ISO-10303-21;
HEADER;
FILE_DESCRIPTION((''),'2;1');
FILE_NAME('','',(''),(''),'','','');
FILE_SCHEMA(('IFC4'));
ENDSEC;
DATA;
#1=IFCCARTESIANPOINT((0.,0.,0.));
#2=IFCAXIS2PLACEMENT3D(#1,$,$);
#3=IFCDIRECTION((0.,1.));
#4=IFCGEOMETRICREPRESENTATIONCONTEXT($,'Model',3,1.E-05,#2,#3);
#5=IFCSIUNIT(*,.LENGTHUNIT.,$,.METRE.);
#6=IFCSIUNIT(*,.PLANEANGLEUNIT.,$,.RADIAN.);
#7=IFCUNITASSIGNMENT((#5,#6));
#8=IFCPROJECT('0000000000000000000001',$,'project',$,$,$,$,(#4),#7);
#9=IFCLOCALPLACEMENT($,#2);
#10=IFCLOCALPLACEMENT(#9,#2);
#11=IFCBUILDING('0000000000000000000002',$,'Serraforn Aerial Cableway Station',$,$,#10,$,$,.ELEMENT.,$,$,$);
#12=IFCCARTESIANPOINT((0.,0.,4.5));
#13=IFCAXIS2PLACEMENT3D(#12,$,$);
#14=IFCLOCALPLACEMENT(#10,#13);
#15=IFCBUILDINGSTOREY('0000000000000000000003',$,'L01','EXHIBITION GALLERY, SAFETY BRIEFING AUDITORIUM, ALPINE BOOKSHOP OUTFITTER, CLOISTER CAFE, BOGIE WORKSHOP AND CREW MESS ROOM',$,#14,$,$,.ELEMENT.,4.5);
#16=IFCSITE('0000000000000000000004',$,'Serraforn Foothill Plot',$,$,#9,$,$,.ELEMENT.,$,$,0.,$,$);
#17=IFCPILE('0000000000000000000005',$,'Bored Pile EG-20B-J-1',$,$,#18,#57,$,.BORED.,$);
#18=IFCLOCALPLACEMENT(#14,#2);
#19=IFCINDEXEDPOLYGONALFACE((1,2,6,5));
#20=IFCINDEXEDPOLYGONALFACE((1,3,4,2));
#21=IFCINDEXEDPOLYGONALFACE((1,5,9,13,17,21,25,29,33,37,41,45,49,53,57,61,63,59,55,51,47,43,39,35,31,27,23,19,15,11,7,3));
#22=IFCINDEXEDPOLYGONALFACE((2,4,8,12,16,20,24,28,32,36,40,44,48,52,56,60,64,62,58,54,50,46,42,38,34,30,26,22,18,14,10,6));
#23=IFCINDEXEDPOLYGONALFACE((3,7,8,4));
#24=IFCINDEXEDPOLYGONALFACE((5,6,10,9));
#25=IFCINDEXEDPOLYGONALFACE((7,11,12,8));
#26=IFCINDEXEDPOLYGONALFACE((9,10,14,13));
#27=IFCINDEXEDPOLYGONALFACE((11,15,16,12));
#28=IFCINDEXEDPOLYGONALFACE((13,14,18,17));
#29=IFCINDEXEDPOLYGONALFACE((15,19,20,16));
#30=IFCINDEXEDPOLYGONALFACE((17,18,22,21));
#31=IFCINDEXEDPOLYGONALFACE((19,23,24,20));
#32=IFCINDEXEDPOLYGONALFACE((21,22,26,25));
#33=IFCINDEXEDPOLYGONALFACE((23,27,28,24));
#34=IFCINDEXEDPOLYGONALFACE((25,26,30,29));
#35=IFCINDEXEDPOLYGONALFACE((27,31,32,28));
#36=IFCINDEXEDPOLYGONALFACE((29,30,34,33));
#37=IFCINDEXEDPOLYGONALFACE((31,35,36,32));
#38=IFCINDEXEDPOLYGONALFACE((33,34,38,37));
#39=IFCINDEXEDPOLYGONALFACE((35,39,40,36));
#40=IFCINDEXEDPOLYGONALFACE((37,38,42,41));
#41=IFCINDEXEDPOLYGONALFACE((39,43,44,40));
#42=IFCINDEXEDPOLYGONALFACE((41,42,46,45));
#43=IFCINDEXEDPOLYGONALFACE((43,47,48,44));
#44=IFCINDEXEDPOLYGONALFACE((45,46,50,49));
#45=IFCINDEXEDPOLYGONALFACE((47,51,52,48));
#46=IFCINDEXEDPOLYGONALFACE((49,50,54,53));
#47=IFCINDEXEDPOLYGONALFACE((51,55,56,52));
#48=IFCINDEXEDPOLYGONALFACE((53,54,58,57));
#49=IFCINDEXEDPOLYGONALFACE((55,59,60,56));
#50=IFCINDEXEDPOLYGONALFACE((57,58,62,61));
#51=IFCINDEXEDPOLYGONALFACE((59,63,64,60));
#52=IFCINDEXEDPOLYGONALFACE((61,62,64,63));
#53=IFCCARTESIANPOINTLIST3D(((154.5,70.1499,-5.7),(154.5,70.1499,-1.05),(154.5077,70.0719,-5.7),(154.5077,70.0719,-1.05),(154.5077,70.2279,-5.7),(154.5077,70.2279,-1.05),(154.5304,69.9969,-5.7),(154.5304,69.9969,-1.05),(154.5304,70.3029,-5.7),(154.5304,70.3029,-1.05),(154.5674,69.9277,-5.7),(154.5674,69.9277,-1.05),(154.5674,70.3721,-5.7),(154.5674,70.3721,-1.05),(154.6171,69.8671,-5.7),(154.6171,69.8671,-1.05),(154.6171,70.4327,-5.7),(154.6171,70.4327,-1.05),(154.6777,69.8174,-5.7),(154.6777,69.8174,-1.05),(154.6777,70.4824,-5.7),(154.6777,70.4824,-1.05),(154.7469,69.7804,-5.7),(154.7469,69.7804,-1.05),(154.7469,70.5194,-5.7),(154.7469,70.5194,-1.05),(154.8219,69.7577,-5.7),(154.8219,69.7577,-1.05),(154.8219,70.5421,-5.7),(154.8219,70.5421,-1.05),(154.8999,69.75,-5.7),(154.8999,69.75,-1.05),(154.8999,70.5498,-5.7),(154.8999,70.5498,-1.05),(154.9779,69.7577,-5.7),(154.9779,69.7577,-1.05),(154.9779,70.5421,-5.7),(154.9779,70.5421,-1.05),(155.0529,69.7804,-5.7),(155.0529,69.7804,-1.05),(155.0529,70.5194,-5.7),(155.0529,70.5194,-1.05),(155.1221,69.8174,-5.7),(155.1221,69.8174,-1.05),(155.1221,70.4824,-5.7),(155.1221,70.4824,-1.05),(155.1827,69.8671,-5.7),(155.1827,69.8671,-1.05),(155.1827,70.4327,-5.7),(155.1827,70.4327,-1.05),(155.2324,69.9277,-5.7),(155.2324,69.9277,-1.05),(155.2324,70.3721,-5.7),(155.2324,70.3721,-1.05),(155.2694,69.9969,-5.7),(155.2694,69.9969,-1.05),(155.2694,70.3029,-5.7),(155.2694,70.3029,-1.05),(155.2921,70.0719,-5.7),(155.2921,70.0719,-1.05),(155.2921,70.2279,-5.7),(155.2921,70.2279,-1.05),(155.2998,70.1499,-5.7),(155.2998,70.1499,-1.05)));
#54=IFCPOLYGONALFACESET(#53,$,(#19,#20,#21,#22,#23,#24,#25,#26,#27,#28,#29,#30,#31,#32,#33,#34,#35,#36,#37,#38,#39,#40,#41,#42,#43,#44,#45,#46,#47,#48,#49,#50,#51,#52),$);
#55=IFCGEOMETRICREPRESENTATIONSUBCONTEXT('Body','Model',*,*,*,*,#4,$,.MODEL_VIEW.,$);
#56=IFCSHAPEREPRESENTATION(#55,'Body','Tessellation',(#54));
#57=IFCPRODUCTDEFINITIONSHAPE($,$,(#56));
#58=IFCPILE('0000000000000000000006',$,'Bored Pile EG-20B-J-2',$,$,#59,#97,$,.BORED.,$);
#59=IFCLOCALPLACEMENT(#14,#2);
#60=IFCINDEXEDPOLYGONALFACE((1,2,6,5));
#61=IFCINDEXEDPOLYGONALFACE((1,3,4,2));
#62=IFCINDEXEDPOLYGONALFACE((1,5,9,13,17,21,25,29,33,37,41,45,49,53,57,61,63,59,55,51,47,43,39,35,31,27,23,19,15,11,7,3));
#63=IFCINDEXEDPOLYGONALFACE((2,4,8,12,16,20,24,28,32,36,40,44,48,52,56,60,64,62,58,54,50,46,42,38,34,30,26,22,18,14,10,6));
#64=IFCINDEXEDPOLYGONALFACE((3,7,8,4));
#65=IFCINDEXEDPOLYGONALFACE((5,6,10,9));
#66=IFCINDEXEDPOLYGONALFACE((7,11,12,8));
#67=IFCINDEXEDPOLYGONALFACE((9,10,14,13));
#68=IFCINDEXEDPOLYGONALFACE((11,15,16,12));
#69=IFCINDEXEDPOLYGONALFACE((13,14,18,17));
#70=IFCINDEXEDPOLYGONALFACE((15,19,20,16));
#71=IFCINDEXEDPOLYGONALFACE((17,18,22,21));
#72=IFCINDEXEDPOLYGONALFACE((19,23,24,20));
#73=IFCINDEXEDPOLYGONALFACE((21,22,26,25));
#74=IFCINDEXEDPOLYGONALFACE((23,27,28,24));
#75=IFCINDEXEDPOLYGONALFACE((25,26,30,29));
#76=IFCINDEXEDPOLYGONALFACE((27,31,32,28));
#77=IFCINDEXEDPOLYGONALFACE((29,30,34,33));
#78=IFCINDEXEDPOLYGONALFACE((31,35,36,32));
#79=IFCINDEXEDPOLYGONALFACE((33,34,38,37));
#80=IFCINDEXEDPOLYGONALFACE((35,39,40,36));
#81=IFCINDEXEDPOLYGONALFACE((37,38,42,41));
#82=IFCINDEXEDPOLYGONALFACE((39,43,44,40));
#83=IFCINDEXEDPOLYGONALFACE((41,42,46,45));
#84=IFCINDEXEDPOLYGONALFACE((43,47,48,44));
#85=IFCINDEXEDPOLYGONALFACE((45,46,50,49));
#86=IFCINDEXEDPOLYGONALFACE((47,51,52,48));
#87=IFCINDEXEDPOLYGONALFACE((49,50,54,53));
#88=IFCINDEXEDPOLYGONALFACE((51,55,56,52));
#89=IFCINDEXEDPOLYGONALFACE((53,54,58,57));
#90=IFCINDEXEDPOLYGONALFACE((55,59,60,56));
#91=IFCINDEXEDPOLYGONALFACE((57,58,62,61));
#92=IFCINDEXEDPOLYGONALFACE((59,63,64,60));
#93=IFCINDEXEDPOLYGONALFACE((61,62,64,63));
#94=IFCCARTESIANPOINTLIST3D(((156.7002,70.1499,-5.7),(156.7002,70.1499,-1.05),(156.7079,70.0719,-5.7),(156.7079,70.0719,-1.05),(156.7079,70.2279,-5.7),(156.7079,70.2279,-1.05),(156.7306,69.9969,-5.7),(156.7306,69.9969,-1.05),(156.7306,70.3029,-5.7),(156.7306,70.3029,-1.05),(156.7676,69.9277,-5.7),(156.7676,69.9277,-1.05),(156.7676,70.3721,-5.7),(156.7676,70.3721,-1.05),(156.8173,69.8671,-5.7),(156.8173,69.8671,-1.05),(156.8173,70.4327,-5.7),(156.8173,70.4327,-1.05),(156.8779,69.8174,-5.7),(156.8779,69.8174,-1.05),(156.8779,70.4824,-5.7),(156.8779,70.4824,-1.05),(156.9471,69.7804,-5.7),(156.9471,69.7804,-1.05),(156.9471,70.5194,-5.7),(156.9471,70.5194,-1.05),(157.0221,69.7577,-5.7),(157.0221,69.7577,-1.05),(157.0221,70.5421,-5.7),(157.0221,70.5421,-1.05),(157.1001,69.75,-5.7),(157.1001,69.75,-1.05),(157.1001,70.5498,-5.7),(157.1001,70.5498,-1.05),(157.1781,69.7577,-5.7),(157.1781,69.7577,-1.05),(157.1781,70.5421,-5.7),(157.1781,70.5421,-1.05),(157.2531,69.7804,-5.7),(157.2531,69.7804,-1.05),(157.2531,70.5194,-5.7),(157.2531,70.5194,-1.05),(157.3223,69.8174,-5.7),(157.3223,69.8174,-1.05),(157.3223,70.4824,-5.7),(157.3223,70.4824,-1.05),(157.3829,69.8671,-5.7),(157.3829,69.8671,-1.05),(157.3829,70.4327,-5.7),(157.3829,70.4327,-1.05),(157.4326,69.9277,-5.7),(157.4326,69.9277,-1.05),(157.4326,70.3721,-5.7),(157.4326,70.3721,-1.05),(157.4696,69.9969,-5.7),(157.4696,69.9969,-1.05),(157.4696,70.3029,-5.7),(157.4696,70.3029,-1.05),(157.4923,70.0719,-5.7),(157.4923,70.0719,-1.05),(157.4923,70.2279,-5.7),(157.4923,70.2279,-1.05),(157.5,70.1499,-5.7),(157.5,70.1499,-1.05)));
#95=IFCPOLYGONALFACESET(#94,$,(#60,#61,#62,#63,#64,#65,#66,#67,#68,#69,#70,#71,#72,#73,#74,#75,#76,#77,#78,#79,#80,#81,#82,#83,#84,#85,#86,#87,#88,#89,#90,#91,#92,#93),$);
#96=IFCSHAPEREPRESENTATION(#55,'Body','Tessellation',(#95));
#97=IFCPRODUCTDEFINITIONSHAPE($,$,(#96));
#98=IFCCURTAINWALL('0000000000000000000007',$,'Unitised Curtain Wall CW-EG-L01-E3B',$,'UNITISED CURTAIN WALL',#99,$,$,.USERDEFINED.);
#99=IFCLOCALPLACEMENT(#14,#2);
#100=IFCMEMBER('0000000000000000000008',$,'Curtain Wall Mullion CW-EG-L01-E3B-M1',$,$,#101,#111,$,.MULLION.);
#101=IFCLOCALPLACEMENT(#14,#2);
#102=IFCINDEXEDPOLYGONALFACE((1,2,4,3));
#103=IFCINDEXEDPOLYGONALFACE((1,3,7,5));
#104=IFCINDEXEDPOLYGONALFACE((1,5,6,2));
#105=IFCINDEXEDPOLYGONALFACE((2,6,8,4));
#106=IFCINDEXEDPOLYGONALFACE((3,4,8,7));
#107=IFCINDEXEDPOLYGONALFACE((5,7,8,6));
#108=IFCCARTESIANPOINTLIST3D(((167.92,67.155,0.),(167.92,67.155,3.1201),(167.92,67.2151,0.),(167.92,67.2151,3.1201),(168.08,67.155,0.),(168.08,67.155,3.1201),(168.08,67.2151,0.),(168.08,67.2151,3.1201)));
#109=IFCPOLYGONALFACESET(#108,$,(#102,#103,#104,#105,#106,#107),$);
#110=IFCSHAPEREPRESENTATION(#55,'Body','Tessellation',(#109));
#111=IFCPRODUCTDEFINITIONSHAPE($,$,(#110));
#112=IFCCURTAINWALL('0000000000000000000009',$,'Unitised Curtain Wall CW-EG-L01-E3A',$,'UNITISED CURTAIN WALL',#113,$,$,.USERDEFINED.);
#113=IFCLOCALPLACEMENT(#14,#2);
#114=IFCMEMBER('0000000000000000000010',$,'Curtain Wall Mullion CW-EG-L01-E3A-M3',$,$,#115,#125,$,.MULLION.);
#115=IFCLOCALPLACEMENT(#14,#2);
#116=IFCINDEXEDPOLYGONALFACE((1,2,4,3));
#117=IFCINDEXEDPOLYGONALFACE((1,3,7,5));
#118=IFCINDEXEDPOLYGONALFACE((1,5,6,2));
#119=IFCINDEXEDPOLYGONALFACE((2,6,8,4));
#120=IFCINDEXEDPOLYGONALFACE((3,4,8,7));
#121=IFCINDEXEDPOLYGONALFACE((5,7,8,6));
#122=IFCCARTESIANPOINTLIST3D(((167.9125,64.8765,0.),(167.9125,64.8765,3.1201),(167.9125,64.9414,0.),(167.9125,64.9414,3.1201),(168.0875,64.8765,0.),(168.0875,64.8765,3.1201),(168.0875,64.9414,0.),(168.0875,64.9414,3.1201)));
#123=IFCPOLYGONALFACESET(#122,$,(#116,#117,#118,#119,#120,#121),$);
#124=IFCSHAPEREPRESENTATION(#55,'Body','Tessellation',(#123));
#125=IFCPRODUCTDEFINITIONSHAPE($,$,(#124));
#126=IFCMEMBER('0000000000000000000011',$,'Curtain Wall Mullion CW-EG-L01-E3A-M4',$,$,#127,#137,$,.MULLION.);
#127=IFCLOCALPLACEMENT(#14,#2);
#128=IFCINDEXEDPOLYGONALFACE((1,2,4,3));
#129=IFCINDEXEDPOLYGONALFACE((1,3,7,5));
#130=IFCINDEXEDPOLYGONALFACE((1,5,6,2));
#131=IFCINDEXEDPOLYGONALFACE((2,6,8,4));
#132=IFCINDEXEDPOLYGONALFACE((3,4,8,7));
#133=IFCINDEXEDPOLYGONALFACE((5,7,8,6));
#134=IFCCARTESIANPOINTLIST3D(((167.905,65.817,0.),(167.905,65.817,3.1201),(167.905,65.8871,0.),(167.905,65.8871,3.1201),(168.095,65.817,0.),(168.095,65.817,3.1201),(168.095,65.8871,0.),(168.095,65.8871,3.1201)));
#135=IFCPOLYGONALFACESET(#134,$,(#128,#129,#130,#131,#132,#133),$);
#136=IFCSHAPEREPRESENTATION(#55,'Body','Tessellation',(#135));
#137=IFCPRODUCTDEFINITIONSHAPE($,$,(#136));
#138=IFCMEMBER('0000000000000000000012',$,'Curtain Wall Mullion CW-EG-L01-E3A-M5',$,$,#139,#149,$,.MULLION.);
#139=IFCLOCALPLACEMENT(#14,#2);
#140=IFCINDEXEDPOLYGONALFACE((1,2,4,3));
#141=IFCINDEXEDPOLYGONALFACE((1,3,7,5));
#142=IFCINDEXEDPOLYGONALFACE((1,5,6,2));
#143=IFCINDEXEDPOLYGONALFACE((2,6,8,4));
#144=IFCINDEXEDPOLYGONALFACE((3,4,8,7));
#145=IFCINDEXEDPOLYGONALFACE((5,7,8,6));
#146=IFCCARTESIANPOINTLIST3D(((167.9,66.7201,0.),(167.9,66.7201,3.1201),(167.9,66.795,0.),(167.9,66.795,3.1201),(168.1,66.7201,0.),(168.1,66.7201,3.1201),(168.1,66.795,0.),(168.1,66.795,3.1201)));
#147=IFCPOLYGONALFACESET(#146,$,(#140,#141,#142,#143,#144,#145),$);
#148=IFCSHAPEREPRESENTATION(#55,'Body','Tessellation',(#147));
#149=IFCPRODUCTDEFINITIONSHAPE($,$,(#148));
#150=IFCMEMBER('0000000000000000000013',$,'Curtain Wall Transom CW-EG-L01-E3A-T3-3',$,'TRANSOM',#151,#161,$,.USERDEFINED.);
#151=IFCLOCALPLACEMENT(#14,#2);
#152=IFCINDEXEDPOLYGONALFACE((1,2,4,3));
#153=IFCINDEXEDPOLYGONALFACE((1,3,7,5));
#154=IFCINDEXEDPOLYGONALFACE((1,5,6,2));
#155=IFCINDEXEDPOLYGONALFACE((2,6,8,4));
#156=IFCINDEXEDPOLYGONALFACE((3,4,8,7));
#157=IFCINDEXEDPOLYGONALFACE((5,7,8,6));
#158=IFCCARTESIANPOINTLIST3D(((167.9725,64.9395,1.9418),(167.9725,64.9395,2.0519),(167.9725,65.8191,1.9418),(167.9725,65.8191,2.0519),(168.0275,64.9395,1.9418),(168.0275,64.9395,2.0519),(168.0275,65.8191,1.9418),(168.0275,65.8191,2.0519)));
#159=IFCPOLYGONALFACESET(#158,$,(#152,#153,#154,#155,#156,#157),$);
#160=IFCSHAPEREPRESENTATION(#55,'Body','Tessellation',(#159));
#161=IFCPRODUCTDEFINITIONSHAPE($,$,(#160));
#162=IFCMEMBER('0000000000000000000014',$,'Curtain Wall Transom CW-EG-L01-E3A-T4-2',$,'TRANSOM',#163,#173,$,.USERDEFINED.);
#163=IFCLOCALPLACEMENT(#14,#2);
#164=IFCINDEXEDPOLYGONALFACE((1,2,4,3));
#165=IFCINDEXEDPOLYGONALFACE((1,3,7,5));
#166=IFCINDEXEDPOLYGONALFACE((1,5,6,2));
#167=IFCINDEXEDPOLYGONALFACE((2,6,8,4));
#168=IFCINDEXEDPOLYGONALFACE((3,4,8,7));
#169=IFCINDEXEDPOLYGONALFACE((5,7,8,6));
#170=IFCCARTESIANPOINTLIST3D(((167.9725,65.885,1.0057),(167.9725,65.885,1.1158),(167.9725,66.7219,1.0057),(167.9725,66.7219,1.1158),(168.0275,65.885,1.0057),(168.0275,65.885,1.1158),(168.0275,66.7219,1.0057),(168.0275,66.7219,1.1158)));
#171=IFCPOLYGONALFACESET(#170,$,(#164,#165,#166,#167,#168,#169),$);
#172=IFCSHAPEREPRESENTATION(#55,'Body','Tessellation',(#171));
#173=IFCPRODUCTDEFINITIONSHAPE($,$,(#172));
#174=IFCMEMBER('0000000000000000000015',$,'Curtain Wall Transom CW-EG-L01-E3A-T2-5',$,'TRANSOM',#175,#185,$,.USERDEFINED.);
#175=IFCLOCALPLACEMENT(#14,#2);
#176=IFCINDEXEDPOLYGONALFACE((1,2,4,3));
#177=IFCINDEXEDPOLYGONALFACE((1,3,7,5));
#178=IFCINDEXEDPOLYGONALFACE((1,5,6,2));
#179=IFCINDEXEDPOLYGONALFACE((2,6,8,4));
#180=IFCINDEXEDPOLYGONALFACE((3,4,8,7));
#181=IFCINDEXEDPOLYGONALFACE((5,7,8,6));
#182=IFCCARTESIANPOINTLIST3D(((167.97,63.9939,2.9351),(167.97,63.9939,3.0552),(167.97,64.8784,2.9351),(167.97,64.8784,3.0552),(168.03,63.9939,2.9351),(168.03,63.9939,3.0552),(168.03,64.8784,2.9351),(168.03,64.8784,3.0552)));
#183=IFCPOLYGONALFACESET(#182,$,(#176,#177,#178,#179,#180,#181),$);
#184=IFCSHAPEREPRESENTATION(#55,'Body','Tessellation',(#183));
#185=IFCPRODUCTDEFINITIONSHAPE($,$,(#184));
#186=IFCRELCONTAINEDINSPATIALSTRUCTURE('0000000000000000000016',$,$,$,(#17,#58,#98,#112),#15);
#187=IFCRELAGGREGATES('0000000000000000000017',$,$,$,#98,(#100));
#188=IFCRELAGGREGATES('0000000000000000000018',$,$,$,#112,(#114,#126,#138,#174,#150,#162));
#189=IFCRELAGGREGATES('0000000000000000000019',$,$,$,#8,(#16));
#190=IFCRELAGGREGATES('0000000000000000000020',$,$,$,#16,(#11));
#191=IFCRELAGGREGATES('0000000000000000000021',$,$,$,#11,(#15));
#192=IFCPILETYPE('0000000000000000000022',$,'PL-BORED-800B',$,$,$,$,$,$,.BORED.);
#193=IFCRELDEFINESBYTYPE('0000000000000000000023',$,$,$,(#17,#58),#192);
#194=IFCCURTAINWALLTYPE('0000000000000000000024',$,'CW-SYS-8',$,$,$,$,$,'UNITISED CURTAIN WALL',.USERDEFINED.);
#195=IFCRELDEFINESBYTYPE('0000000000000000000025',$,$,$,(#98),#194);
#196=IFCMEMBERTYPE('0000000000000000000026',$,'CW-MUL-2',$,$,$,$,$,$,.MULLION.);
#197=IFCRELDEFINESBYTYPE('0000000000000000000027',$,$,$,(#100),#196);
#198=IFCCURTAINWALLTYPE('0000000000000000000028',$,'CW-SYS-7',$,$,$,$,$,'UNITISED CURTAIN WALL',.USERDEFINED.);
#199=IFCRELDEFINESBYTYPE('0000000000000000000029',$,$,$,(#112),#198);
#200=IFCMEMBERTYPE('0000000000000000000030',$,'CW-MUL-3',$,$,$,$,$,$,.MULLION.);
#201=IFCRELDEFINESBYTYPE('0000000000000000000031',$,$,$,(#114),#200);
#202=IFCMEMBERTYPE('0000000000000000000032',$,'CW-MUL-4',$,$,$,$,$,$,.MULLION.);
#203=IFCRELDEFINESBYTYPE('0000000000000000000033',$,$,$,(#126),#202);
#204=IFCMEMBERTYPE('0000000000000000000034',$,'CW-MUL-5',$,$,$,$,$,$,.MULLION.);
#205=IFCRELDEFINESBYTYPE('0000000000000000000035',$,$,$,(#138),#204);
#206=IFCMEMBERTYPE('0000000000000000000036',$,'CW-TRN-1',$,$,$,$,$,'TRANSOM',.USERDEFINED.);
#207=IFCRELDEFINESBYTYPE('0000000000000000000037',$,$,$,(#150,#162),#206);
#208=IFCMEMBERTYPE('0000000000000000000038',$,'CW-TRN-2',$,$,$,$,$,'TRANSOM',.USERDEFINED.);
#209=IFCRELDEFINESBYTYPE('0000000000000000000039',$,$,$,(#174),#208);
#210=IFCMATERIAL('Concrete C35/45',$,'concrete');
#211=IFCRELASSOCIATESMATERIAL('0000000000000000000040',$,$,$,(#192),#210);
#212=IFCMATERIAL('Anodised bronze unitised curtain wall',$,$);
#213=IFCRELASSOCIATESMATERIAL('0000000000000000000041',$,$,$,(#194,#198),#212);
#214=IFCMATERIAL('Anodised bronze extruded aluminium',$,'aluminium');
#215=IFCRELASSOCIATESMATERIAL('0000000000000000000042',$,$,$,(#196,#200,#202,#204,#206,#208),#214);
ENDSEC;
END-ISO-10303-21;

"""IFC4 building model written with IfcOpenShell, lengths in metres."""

from ifc_helpers import new_model, si_unit, direction, frame, origin, origin_2d, place, context, subcontext, project, spatial, rectangle, circle, extrude, material, material_profile, profile_set, type_object, element, aggregate, save


model = new_model("IFC4")

# Units and contexts
model_context = context("Model", 3, precision=1e-05, world=origin(), true_north=direction((0.0, 1.0)))
body_context = subcontext(model_context, "Body", "Model", "MODEL_VIEW")
ifc_project = project(units=[si_unit("LENGTHUNIT", "METRE"), si_unit("PLANEANGLEUNIT", "RADIAN")], contexts=[model_context])

# Site, building, storey
site_placement = place(None, origin())
site = spatial("IfcSite", under=ifc_project, at=site_placement, Name="Serraforn Foothill Plot", CompositionType="ELEMENT", RefElevation=0.0)
building_placement = place(site_placement, origin())
building = spatial("IfcBuilding", under=site, at=building_placement, Name="Serraforn Aerial Cableway Station", CompositionType="ELEMENT")
storey_placement = place(building_placement, frame((0.0, 0.0, 4.5)))
storey = spatial("IfcBuildingStorey", under=building, at=storey_placement, Name="L01", Description="EXHIBITION GALLERY, SAFETY BRIEFING AUDITORIUM, ALPINE BOOKSHOP OUTFITTER, CLOISTER CAFE, BOGIE WORKSHOP AND CREW MESS ROOM", CompositionType="ELEMENT", Elevation=4.5)

# Piles
ifc_material_1 = material(Name="Concrete C35/45", Category="concrete")
ifc_material_profile_1 = material_profile(ifc_material_1, circle(Radius=0.3999, at=origin_2d()), Name="BORED PILE D800")
ifc_profile_set_1 = profile_set([ifc_material_profile_1], Name="Concrete C35/45")
pile_type = type_object("IfcPileType", Name="PL-BORED-800B", PredefinedType="BORED", material=ifc_profile_set_1)
for number, where, z_axis, x_axis, name in (
    (1, (154.8999, 70.1499, -1.05), (0.0, 0.0, -1.0), (1.0, 0.0, 0.0), "Bored Pile EG-20B-J-1"),
    (2, (157.1001, 70.1499, -1.05), (0.0, 0.0, -1.0), (1.0, 0.0, 0.0), "Bored Pile EG-20B-J-2"),
):
    element("IfcPile", number, at=place(storey_placement, frame(where, z_axis=z_axis, x_axis=x_axis)), inside=storey, type_object=pile_type, Name=name, PredefinedType="BORED", context=body_context, shape_type="SweptSolid", body=[
        extrude(circle(Radius=0.3999, at=origin_2d()), origin(), (0.0, 0.0, 1.0), 4.6499),
    ])

# Curtain wall, member
ifc_material_2 = material(Name="Anodised bronze unitised curtain wall")
curtain_wall_type_1 = type_object("IfcCurtainWallType", Name="CW-SYS-8", ElementType="UNITISED CURTAIN WALL", PredefinedType="USERDEFINED", material=ifc_material_2)
curtain_wall_1_placement = place(storey_placement, origin())
curtain_wall_1 = element("IfcCurtainWall", 3, at=curtain_wall_1_placement, inside=storey, type_object=curtain_wall_type_1, Name="Unitised Curtain Wall CW-EG-L01-E3B", ObjectType="UNITISED CURTAIN WALL", PredefinedType="USERDEFINED")
ifc_material_3 = material(Name="Anodised bronze extruded aluminium", Category="aluminium")
ifc_material_profile_2 = material_profile(ifc_material_3, rectangle(XDim=0.0601, YDim=0.1599, at=origin_2d()), Name="CW MULLION 60x160")
ifc_profile_set_2 = profile_set([ifc_material_profile_2], Name="Anodised bronze extruded aluminium")
member_type_1 = type_object("IfcMemberType", Name="CW-MUL-2", PredefinedType="MULLION", material=ifc_profile_set_2)
member_1_placement = place(storey_placement, frame((168.0, 67.1851, 0.0), z_axis=(0.0, 0.0, 1.0), x_axis=(0.0, 1.0, 0.0)))
member_1 = element("IfcMember", 4, at=member_1_placement, type_object=member_type_1, Name="Curtain Wall Mullion CW-EG-L01-E3B-M1", PredefinedType="MULLION", context=body_context, shape_type="SweptSolid", body=[
    extrude(rectangle(XDim=0.0601, YDim=0.1599, at=origin_2d()), origin(), (0.0, 0.0, 1.0), 3.1201),
])

# Curtain wall, members
curtain_wall_type_2 = type_object("IfcCurtainWallType", Name="CW-SYS-7", ElementType="UNITISED CURTAIN WALL", PredefinedType="USERDEFINED", material=ifc_material_2)
curtain_wall_2_placement = place(storey_placement, origin())
curtain_wall_2 = element("IfcCurtainWall", 5, at=curtain_wall_2_placement, inside=storey, type_object=curtain_wall_type_2, Name="Unitised Curtain Wall CW-EG-L01-E3A", ObjectType="UNITISED CURTAIN WALL", PredefinedType="USERDEFINED")
ifc_material_profile_3 = material_profile(ifc_material_3, rectangle(XDim=0.0649, YDim=0.175, at=origin_2d()), Name="CW MULLION 65x175")
ifc_profile_set_3 = profile_set([ifc_material_profile_3], Name="Anodised bronze extruded aluminium")
member_type_2 = type_object("IfcMemberType", Name="CW-MUL-3", PredefinedType="MULLION", material=ifc_profile_set_3)
member_2_placement = place(storey_placement, frame((168.0, 64.9089, 0.0), z_axis=(0.0, 0.0, 1.0), x_axis=(0.0, 1.0, 0.0)))
member_2 = element("IfcMember", 6, at=member_2_placement, type_object=member_type_2, Name="Curtain Wall Mullion CW-EG-L01-E3A-M3", PredefinedType="MULLION", context=body_context, shape_type="SweptSolid", body=[
    extrude(rectangle(XDim=0.0649, YDim=0.175, at=origin_2d()), origin(), (0.0, 0.0, 1.0), 3.1201),
])
ifc_material_profile_4 = material_profile(ifc_material_3, rectangle(XDim=0.0701, YDim=0.1899, at=origin_2d()), Name="CW MULLION 70x190")
ifc_profile_set_4 = profile_set([ifc_material_profile_4], Name="Anodised bronze extruded aluminium")
member_type_3 = type_object("IfcMemberType", Name="CW-MUL-4", PredefinedType="MULLION", material=ifc_profile_set_4)
member_3_placement = place(storey_placement, frame((168.0, 65.8521, 0.0), z_axis=(0.0, 0.0, 1.0), x_axis=(0.0, 1.0, 0.0)))
member_3 = element("IfcMember", 7, at=member_3_placement, type_object=member_type_3, Name="Curtain Wall Mullion CW-EG-L01-E3A-M4", PredefinedType="MULLION", context=body_context, shape_type="SweptSolid", body=[
    extrude(rectangle(XDim=0.0701, YDim=0.1899, at=origin_2d()), origin(), (0.0, 0.0, 1.0), 3.1201),
])
ifc_material_profile_5 = material_profile(ifc_material_3, rectangle(XDim=0.075, YDim=0.2, at=origin_2d()), Name="CW MULLION 75x200")
ifc_profile_set_5 = profile_set([ifc_material_profile_5], Name="Anodised bronze extruded aluminium")
member_type_4 = type_object("IfcMemberType", Name="CW-MUL-5", PredefinedType="MULLION", material=ifc_profile_set_5)
member_4_placement = place(storey_placement, frame((168.0, 66.7576, 0.0), z_axis=(0.0, 0.0, 1.0), x_axis=(0.0, 1.0, 0.0)))
member_4 = element("IfcMember", 8, at=member_4_placement, type_object=member_type_4, Name="Curtain Wall Mullion CW-EG-L01-E3A-M5", PredefinedType="MULLION", context=body_context, shape_type="SweptSolid", body=[
    extrude(rectangle(XDim=0.075, YDim=0.2, at=origin_2d()), origin(), (0.0, 0.0, 1.0), 3.1201),
])
ifc_material_profile_6 = material_profile(ifc_material_3, rectangle(XDim=0.0549, YDim=0.1101, at=origin_2d()), Name="CW TRANSOM 55x110")
ifc_profile_set_6 = profile_set([ifc_material_profile_6], Name="Anodised bronze extruded aluminium")
member_type_5 = type_object("IfcMemberType", Name="CW-TRN-1", ElementType="TRANSOM", PredefinedType="USERDEFINED", material=ifc_profile_set_6)
member_5_placement = place(storey_placement, frame((168.0, 64.9395, 1.9968), z_axis=(0.0, 1.0, 0.0), x_axis=(-1.0, 0.0, 0.0)))
member_5 = element("IfcMember", 9, at=member_5_placement, type_object=member_type_5, Name="Curtain Wall Transom CW-EG-L01-E3A-T3-3", ObjectType="TRANSOM", PredefinedType="USERDEFINED", context=body_context, shape_type="SweptSolid", body=[
    extrude(rectangle(XDim=0.0549, YDim=0.1101, at=origin_2d()), origin(), (0.0, 0.0, 1.0), 0.8796),
])
member_6_placement = place(storey_placement, frame((168.0, 65.885, 1.0608), z_axis=(0.0, 1.0, 0.0), x_axis=(-1.0, 0.0, 0.0)))
member_6 = element("IfcMember", 10, at=member_6_placement, type_object=member_type_5, Name="Curtain Wall Transom CW-EG-L01-E3A-T4-2", ObjectType="TRANSOM", PredefinedType="USERDEFINED", context=body_context, shape_type="SweptSolid", body=[
    extrude(rectangle(XDim=0.0549, YDim=0.1101, at=origin_2d()), origin(), (0.0, 0.0, 1.0), 0.8369),
])
ifc_material_profile_7 = material_profile(ifc_material_3, rectangle(XDim=0.0601, YDim=0.1201, at=origin_2d()), Name="CW TRANSOM 60x120")
ifc_profile_set_7 = profile_set([ifc_material_profile_7], Name="Anodised bronze extruded aluminium")
member_type_6 = type_object("IfcMemberType", Name="CW-TRN-2", ElementType="TRANSOM", PredefinedType="USERDEFINED", material=ifc_profile_set_7)
member_7_placement = place(storey_placement, frame((168.0, 63.9939, 2.9951), z_axis=(0.0, 1.0, 0.0), x_axis=(-1.0, 0.0, 0.0)))
member_7 = element("IfcMember", 11, at=member_7_placement, type_object=member_type_6, Name="Curtain Wall Transom CW-EG-L01-E3A-T2-5", ObjectType="TRANSOM", PredefinedType="USERDEFINED", context=body_context, shape_type="SweptSolid", body=[
    extrude(rectangle(XDim=0.0601, YDim=0.1201, at=origin_2d()), origin(), (0.0, 0.0, 1.0), 0.8845),
])

aggregate(curtain_wall_1, [member_1])

aggregate(curtain_wall_2, [member_2, member_3, member_4, member_7, member_5, member_6])

save(model, "model.ifc")
